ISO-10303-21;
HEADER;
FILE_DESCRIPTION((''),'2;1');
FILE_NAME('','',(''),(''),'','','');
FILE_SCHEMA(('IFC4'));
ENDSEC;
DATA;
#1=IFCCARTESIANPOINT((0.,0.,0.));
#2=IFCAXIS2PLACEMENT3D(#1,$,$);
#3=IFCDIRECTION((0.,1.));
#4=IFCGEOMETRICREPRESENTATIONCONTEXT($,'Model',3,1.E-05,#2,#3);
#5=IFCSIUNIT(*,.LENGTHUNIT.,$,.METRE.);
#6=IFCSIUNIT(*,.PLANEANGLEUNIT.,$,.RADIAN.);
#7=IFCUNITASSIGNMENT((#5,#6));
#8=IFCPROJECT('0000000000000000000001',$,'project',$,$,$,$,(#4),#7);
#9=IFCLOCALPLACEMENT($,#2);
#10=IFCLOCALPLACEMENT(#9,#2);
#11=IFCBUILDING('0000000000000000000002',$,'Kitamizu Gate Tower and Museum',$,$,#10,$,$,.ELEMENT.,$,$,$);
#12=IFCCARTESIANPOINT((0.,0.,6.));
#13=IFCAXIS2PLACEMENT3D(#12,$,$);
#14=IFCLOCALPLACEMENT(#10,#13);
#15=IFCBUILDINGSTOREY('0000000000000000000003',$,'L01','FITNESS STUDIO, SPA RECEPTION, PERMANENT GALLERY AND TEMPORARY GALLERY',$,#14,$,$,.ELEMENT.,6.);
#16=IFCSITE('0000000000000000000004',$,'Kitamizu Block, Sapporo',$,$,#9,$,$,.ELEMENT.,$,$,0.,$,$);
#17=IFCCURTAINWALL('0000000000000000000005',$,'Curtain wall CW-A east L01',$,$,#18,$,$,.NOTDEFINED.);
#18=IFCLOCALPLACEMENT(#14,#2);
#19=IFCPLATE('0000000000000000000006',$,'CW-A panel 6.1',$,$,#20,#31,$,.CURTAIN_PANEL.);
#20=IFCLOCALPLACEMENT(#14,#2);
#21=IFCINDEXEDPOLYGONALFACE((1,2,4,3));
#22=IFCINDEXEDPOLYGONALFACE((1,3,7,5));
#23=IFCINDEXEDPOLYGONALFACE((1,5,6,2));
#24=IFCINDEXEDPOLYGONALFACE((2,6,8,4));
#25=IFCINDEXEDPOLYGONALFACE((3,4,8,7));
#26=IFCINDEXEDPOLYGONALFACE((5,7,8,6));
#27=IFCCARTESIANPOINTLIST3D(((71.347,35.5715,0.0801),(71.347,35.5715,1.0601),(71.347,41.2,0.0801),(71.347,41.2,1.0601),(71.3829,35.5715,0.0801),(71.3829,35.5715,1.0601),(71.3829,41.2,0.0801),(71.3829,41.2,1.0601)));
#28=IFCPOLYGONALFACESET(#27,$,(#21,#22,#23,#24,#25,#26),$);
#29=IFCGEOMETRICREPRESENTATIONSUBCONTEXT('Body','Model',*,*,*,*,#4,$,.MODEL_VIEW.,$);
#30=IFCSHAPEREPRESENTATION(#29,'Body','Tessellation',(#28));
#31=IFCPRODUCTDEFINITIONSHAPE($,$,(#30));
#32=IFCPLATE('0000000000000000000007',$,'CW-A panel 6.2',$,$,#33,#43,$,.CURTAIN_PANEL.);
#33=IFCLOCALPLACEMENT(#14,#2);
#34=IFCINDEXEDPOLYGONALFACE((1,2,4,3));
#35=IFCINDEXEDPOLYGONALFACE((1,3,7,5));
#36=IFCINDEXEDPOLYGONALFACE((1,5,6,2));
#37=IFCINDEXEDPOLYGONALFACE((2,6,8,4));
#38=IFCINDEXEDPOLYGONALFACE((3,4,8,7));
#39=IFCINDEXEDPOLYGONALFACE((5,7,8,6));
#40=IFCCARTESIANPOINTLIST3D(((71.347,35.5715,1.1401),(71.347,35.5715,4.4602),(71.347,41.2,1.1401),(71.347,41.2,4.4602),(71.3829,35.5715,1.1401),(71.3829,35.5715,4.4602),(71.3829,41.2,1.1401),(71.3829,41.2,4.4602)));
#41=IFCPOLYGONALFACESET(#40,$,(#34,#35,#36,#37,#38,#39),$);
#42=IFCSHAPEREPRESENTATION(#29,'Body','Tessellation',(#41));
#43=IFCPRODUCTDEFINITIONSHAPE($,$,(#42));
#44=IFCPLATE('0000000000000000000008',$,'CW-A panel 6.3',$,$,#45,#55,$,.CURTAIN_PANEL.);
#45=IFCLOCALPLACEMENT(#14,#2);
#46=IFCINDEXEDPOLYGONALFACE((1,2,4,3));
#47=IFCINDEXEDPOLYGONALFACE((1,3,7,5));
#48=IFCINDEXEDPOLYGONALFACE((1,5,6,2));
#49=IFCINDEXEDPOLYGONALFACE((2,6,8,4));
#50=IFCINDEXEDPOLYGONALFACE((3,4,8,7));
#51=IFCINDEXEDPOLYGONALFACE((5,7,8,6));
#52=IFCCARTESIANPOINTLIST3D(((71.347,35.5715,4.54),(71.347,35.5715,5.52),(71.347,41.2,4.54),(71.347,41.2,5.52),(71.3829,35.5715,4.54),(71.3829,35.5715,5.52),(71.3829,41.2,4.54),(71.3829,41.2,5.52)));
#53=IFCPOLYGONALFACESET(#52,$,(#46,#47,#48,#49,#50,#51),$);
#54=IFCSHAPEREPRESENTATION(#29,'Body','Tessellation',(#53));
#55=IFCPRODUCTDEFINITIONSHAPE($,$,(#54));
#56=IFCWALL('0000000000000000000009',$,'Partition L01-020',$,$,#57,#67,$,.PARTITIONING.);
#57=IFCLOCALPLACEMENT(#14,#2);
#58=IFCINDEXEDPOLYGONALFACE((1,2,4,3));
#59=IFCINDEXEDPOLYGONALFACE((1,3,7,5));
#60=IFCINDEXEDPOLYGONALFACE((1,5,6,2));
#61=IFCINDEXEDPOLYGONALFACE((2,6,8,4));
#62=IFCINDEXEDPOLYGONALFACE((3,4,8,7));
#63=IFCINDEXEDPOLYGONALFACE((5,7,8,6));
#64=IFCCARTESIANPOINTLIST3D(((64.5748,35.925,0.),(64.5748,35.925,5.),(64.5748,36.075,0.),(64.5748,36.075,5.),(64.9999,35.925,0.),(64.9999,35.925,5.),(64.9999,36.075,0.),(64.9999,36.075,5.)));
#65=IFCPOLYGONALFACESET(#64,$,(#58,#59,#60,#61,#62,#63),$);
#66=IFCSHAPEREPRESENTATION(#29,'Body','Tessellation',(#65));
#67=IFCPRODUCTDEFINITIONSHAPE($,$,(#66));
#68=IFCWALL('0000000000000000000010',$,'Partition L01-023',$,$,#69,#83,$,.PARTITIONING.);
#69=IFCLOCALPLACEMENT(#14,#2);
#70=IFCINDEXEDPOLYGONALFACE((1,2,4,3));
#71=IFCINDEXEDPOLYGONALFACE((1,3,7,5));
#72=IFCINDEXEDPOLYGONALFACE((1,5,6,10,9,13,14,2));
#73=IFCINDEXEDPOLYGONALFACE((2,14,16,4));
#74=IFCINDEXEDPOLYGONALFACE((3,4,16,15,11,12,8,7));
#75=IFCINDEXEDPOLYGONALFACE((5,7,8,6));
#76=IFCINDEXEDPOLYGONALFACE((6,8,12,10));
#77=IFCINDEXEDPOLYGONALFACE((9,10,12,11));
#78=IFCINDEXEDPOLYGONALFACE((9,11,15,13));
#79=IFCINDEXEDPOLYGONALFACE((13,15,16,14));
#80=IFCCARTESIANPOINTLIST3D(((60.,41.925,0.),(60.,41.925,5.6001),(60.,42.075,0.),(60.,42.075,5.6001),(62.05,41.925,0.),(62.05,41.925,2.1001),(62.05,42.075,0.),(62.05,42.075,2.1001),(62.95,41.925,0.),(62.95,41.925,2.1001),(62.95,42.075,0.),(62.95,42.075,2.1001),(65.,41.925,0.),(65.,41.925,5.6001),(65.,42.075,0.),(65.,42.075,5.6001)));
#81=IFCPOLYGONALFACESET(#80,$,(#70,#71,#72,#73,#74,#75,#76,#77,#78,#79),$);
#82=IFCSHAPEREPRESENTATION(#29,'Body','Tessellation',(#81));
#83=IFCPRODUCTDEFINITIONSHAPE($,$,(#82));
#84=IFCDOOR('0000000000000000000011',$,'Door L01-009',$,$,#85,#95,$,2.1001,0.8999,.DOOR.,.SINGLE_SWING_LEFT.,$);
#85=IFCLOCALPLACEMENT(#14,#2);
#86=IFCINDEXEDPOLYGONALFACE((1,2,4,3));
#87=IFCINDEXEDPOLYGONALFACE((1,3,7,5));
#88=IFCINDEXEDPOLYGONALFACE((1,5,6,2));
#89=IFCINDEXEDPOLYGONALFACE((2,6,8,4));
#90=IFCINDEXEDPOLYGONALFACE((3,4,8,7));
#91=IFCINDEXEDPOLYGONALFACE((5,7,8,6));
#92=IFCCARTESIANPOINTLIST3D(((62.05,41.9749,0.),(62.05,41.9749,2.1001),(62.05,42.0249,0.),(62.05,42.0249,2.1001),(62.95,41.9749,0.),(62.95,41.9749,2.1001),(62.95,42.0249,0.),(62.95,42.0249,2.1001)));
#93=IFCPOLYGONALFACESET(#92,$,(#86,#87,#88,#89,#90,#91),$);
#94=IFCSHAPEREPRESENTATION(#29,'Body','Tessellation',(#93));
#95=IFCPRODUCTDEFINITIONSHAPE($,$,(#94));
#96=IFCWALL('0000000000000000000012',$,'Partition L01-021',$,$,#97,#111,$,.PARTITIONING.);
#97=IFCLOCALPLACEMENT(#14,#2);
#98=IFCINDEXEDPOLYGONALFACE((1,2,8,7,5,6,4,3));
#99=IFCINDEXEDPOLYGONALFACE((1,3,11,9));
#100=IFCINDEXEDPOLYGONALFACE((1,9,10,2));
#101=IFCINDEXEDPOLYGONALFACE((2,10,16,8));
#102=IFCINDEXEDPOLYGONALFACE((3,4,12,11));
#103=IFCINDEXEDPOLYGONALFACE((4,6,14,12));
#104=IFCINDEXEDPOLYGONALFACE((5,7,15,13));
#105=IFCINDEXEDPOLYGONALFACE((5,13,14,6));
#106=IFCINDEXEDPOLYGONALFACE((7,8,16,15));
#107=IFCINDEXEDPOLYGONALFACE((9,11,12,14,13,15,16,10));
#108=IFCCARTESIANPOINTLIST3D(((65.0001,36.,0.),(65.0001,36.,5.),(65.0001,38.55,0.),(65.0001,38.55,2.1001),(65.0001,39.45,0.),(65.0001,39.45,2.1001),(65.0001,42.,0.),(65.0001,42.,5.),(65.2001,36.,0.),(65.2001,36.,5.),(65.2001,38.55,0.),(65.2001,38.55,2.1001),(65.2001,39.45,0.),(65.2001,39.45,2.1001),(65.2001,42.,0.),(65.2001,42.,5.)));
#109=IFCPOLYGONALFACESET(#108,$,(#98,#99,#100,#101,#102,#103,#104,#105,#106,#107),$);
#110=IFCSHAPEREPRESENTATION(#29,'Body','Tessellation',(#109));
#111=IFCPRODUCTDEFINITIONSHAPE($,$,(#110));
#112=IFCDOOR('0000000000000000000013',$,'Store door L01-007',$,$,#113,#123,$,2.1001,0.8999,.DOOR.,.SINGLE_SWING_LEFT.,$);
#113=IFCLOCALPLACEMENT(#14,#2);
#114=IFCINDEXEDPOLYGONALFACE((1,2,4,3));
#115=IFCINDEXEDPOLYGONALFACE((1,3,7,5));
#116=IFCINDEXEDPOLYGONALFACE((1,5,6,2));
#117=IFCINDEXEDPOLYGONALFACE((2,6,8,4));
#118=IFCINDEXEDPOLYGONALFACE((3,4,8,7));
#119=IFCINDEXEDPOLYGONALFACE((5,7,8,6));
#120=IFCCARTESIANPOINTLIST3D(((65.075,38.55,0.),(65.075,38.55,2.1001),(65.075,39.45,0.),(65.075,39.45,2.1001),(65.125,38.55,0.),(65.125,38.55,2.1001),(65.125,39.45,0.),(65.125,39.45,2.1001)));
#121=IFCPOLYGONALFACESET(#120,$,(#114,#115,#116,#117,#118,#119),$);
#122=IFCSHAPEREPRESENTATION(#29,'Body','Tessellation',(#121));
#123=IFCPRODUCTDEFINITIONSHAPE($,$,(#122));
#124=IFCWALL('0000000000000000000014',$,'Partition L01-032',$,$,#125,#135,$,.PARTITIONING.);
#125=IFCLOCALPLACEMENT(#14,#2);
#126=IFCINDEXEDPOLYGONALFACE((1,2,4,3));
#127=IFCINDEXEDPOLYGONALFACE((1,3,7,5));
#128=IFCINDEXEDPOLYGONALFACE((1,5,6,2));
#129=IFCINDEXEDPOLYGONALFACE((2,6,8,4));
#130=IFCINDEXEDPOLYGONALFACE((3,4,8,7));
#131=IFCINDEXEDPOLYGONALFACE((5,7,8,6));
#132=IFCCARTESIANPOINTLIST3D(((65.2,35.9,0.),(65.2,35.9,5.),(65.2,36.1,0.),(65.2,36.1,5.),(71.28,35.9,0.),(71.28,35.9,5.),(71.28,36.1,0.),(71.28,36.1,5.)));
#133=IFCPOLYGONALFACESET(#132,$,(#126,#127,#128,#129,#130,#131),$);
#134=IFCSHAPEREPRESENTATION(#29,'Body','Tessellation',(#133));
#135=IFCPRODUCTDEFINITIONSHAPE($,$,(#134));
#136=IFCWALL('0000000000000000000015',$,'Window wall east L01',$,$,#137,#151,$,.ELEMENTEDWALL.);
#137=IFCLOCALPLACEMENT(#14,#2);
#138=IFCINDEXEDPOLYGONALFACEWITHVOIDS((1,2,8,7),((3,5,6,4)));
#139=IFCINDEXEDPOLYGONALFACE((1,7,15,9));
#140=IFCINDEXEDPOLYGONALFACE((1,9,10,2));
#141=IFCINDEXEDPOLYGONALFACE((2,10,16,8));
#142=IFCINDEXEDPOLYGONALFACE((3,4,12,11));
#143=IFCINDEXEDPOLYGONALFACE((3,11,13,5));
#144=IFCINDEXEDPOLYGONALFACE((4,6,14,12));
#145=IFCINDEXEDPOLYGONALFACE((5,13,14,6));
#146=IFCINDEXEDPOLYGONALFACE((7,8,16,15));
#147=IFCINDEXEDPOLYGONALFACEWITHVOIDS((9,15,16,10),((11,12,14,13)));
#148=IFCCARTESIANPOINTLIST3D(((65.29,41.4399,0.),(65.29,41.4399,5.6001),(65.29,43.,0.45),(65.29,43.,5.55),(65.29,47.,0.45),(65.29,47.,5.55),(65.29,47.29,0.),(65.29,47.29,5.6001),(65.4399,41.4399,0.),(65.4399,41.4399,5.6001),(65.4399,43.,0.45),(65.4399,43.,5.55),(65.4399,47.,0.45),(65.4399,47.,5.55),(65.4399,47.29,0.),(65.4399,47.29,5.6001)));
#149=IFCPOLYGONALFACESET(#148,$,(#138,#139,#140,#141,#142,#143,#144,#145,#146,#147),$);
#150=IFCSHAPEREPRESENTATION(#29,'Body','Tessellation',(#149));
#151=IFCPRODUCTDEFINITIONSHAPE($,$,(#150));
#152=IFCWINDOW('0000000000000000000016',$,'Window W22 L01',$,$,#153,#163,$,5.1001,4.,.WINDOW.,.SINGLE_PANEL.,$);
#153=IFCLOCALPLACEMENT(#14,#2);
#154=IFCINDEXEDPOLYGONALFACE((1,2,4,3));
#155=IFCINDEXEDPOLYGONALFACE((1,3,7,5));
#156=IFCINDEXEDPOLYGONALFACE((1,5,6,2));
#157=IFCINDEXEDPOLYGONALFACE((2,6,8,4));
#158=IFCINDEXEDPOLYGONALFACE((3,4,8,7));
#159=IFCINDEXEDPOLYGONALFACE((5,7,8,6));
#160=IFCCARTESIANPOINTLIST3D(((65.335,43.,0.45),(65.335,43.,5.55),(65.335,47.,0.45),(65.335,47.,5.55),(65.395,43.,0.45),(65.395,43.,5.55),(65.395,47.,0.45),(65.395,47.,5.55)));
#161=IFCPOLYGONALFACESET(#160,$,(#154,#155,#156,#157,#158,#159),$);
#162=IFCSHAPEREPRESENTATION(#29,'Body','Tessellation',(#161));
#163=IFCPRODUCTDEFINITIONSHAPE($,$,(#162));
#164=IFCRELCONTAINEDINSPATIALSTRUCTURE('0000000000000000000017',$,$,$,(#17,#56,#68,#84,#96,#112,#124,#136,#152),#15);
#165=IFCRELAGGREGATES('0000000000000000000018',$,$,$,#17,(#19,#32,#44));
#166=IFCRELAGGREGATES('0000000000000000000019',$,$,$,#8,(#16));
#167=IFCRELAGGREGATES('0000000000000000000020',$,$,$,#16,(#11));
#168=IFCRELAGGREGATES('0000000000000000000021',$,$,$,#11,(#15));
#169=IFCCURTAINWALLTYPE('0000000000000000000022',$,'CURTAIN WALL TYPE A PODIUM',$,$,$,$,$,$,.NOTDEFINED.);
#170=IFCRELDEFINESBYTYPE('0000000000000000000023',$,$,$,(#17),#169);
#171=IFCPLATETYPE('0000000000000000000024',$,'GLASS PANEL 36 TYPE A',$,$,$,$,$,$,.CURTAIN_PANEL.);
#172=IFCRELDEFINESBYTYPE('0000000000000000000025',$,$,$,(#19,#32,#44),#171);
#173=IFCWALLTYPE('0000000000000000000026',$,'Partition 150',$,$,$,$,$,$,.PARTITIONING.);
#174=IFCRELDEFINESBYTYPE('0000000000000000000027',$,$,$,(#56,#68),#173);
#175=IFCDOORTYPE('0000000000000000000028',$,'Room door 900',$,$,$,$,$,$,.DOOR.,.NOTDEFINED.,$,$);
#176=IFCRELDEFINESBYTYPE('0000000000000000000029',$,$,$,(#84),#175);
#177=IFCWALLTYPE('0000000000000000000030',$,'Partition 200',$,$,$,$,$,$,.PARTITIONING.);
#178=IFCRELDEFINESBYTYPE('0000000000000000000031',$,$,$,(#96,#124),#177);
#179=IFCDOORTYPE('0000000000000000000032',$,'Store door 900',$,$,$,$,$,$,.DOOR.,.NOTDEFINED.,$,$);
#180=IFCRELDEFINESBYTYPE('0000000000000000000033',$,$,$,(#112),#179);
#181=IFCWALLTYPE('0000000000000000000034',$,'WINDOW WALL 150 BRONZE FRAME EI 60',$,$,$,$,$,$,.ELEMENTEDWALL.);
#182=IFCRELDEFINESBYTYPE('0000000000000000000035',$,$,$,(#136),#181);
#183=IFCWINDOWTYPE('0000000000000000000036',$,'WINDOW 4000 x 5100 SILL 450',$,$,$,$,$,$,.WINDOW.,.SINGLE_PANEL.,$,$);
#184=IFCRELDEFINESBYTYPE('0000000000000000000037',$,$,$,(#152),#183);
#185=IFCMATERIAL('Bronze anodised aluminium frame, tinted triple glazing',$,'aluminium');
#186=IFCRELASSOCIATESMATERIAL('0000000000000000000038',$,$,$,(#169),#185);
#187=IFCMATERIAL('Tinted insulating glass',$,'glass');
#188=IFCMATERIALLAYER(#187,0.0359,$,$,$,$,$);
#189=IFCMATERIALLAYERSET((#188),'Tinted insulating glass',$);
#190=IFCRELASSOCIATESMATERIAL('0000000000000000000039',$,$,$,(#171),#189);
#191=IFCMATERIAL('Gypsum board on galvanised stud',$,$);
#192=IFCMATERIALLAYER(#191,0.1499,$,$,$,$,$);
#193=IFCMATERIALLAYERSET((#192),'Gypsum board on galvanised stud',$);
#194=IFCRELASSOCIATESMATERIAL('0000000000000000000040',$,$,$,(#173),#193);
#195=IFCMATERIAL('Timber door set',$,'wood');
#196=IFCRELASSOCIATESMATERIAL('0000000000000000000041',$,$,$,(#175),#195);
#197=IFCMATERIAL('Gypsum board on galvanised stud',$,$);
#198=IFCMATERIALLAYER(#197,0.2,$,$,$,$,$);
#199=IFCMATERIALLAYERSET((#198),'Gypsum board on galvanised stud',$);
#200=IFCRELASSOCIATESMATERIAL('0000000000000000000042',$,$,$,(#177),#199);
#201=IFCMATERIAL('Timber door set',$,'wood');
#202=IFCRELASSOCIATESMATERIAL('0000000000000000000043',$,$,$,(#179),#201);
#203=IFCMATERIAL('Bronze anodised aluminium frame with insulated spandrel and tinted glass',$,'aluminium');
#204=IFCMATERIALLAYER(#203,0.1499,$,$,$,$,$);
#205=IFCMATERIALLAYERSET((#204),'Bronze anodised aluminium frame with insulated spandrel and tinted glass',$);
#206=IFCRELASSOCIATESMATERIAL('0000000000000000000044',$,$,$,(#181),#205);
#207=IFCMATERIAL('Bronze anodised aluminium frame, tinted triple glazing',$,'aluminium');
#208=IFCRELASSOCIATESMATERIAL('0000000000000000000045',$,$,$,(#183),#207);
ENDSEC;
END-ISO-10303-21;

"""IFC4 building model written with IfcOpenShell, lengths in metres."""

from ifc_helpers import new_model, si_unit, direction, frame, frame_2d, origin, origin_2d, place, context, subcontext, project, spatial, rectangle, extrude, material, layer, layer_set, type_object, element, fill, aggregate, save


model = new_model("IFC4")

# Units and contexts
model_context = context("Model", 3, precision=1e-05, world=origin(), true_north=direction((0.0, 1.0)))
body_context = subcontext(model_context, "Body", "Model", "MODEL_VIEW")
ifc_project = project(units=[si_unit("LENGTHUNIT", "METRE"), si_unit("PLANEANGLEUNIT", "RADIAN")], contexts=[model_context])

# Site, building, storey
site_placement = place(None, origin())
site = spatial("IfcSite", under=ifc_project, at=site_placement, Name="Kitamizu Block, Sapporo", CompositionType="ELEMENT", RefElevation=0.0)
building_placement = place(site_placement, origin())
building = spatial("IfcBuilding", under=site, at=building_placement, Name="Kitamizu Gate Tower and Museum", CompositionType="ELEMENT")
storey_placement = place(building_placement, frame((0.0, 0.0, 6.0)))
storey = spatial("IfcBuildingStorey", under=building, at=storey_placement, Name="L01", Description="FITNESS STUDIO, SPA RECEPTION, PERMANENT GALLERY AND TEMPORARY GALLERY", CompositionType="ELEMENT", Elevation=6.0)

# Curtain wall
ifc_material_1 = material(Name="Bronze anodised aluminium frame, tinted triple glazing", Category="aluminium")
curtain_wall_type_1 = type_object("IfcCurtainWallType", Name="CURTAIN WALL TYPE A PODIUM", PredefinedType="NOTDEFINED", material=ifc_material_1)
curtain_wall_1_placement = place(storey_placement, origin())
curtain_wall_1 = element("IfcCurtainWall", 1, at=curtain_wall_1_placement, inside=storey, type_object=curtain_wall_type_1, Name="Curtain wall CW-A east L01", PredefinedType="NOTDEFINED")

# Plates
ifc_material_2 = material(Name="Tinted insulating glass", Category="glass")
ifc_layer_1 = layer(ifc_material_2, 0.0359)
ifc_layer_set_1 = layer_set([ifc_layer_1], Name="Tinted insulating glass")
plate_type_1 = type_object("IfcPlateType", Name="GLASS PANEL 36 TYPE A", PredefinedType="CURTAIN_PANEL", material=ifc_layer_set_1)
plate_1_placement = place(storey_placement, frame((71.365, 38.3857, 0.0801), z_axis=(0.0, 0.0, 1.0), x_axis=(0.0, 1.0, 0.0)))
plate_1 = element("IfcPlate", 2, at=plate_1_placement, type_object=plate_type_1, Name="CW-A panel 6.1", PredefinedType="CURTAIN_PANEL", context=body_context, shape_type="SweptSolid", body=[
    extrude(rectangle(XDim=5.6284, YDim=0.0359, at=origin_2d()), origin(), (0.0, 0.0, 1.0), 0.98),
])
plate_2_placement = place(storey_placement, frame((71.365, 38.3857, 1.1401), z_axis=(0.0, 0.0, 1.0), x_axis=(0.0, 1.0, 0.0)))
plate_2 = element("IfcPlate", 3, at=plate_2_placement, type_object=plate_type_1, Name="CW-A panel 6.2", PredefinedType="CURTAIN_PANEL", context=body_context, shape_type="SweptSolid", body=[
    extrude(rectangle(XDim=5.6284, YDim=0.0359, at=origin_2d()), origin(), (0.0, 0.0, 1.0), 3.3201),
])
plate_3_placement = place(storey_placement, frame((71.365, 38.3857, 4.54), z_axis=(0.0, 0.0, 1.0), x_axis=(0.0, 1.0, 0.0)))
plate_3 = element("IfcPlate", 4, at=plate_3_placement, type_object=plate_type_1, Name="CW-A panel 6.3", PredefinedType="CURTAIN_PANEL", context=body_context, shape_type="SweptSolid", body=[
    extrude(rectangle(XDim=5.6284, YDim=0.0359, at=origin_2d()), origin(), (0.0, 0.0, 1.0), 0.98),
])
aggregate(curtain_wall_1, [plate_1, plate_2, plate_3])

# Wall
ifc_material_3 = material(Name="Gypsum board on galvanised stud")
ifc_layer_2 = layer(ifc_material_3, 0.1499)
ifc_layer_set_2 = layer_set([ifc_layer_2], Name="Gypsum board on galvanised stud")
wall_type_1 = type_object("IfcWallType", Name="Partition 150", PredefinedType="PARTITIONING", material=ifc_layer_set_2)
wall_1_placement = place(storey_placement, frame((64.575, 36.0, 0.0), z_axis=(0.0, 0.0, 1.0), x_axis=(1.0, 0.0, 0.0)))
element("IfcWall", 5, at=wall_1_placement, inside=storey, type_object=wall_type_1, Name="Partition L01-020", PredefinedType="PARTITIONING", context=body_context, shape_type="SweptSolid", body=[
    extrude(rectangle(XDim=0.425, YDim=0.1499, at=frame_2d((0.2124, 0.0))), origin(), (0.0, 0.0, 1.0), 5.0),
])

# Walls, openings, doors
wall_2_placement = place(storey_placement, frame((65.0, 42.0, 0.0), z_axis=(0.0, 0.0, 1.0), x_axis=(-1.0, 0.0, 0.0)))
wall_2 = element("IfcWall", 6, at=wall_2_placement, inside=storey, type_object=wall_type_1, Name="Partition L01-023", PredefinedType="PARTITIONING", context=body_context, shape_type="SweptSolid", body=[
    extrude(rectangle(XDim=5.0, YDim=0.1499, at=frame_2d((2.5, 0.0))), origin(), (0.0, 0.0, 1.0), 5.6001),
])
opening_1_placement = place(wall_2_placement, frame((2.05, 0.0, 0.0)))
opening_1 = element("IfcOpeningElement", 7, at=opening_1_placement, cuts=wall_2, PredefinedType="OPENING", context=body_context, shape_type="SweptSolid", body=[
    extrude(rectangle(XDim=0.8999, YDim=2.1001, at=frame_2d((0.45, 1.05))), frame((0.0, 0.085, 0.0), z_axis=(0.0, -1.0, 0.0), x_axis=(1.0, 0.0, 0.0)), (0.0, 0.0, 1.0), 0.1699),
])
ifc_material_4 = material(Name="Timber door set", Category="wood")
door_type_1 = type_object("IfcDoorType", Name="Room door 900", OperationType="NOTDEFINED", PredefinedType="DOOR", material=ifc_material_4)
door_1_placement = place(opening_1_placement, frame((0.8999, 0.0, 0.0), x_axis=(-1.0, 0.0, 0.0)))
door_1 = element("IfcDoor", 8, at=door_1_placement, inside=storey, type_object=door_type_1, Name="Door L01-009", OperationType="SINGLE_SWING_LEFT", OverallHeight=2.1001, OverallWidth=0.8999, PredefinedType="DOOR", context=body_context, shape_type="SweptSolid", body=[
    extrude(rectangle(XDim=0.8999, YDim=2.1001, at=frame_2d((0.45, 1.05))), frame((0.0, 0.0249, 0.0), z_axis=(0.0, -1.0, 0.0), x_axis=(1.0, 0.0, 0.0)), (0.0, 0.0, 1.0), 0.05),
])
fill(opening_1, door_1)
ifc_material_5 = material(Name="Gypsum board on galvanised stud")
ifc_layer_3 = layer(ifc_material_5, 0.2)
ifc_layer_set_3 = layer_set([ifc_layer_3], Name="Gypsum board on galvanised stud")
wall_type_2 = type_object("IfcWallType", Name="Partition 200", PredefinedType="PARTITIONING", material=ifc_layer_set_3)
wall_3_placement = place(storey_placement, frame((65.1001, 36.0, 0.0), z_axis=(0.0, 0.0, 1.0), x_axis=(0.0, 1.0, 0.0)))
wall_3 = element("IfcWall", 9, at=wall_3_placement, inside=storey, type_object=wall_type_2, Name="Partition L01-021", PredefinedType="PARTITIONING", context=body_context, shape_type="SweptSolid", body=[
    extrude(rectangle(XDim=6.0, YDim=0.2, at=frame_2d((3.0, 0.0))), origin(), (0.0, 0.0, 1.0), 5.0),
])
opening_2_placement = place(wall_3_placement, frame((2.55, 0.0, 0.0)))
opening_2 = element("IfcOpeningElement", 10, at=opening_2_placement, cuts=wall_3, PredefinedType="OPENING", context=body_context, shape_type="SweptSolid", body=[
    extrude(rectangle(XDim=0.8999, YDim=2.1001, at=frame_2d((0.45, 1.05))), frame((0.0, 0.1099, 0.0), z_axis=(0.0, -1.0, 0.0), x_axis=(1.0, 0.0, 0.0)), (0.0, 0.0, 1.0), 0.22),
])
ifc_material_6 = material(Name="Timber door set", Category="wood")
door_type_2 = type_object("IfcDoorType", Name="Store door 900", OperationType="NOTDEFINED", PredefinedType="DOOR", material=ifc_material_6)
door_2_placement = place(opening_2_placement, frame((0.8999, 0.0, 0.0), x_axis=(-1.0, 0.0, 0.0)))
door_2 = element("IfcDoor", 11, at=door_2_placement, inside=storey, type_object=door_type_2, Name="Store door L01-007", OperationType="SINGLE_SWING_LEFT", OverallHeight=2.1001, OverallWidth=0.8999, PredefinedType="DOOR", context=body_context, shape_type="SweptSolid", body=[
    extrude(rectangle(XDim=0.8999, YDim=2.1001, at=frame_2d((0.45, 1.05))), frame((0.0, 0.0249, 0.0), z_axis=(0.0, -1.0, 0.0), x_axis=(1.0, 0.0, 0.0)), (0.0, 0.0, 1.0), 0.05),
])
fill(opening_2, door_2)

# Wall
wall_4_placement = place(storey_placement, frame((71.28, 36.0, 0.0), z_axis=(0.0, 0.0, 1.0), x_axis=(-1.0, 0.0, 0.0)))
element("IfcWall", 12, at=wall_4_placement, inside=storey, type_object=wall_type_2, Name="Partition L01-032", PredefinedType="PARTITIONING", context=body_context, shape_type="SweptSolid", body=[
    extrude(rectangle(XDim=6.0801, YDim=0.2, at=frame_2d((3.04, 0.0))), origin(), (0.0, 0.0, 1.0), 5.0),
])

# Wall, opening, window
ifc_material_7 = material(Name="Bronze anodised aluminium frame with insulated spandrel and tinted glass", Category="aluminium")
ifc_layer_4 = layer(ifc_material_7, 0.1499)
ifc_layer_set_4 = layer_set([ifc_layer_4], Name="Bronze anodised aluminium frame with insulated spandrel and tinted glass")
wall_type_3 = type_object("IfcWallType", Name="WINDOW WALL 150 BRONZE FRAME EI 60", PredefinedType="ELEMENTEDWALL", material=ifc_layer_set_4)
wall_5_placement = place(storey_placement, frame((65.365, 41.4399, 0.0), z_axis=(0.0, 0.0, 1.0), x_axis=(0.0, 1.0, 0.0)))
wall_5 = element("IfcWall", 13, at=wall_5_placement, inside=storey, type_object=wall_type_3, Name="Window wall east L01", PredefinedType="ELEMENTEDWALL", context=body_context, shape_type="SweptSolid", body=[
    extrude(rectangle(XDim=5.8501, YDim=0.1499, at=frame_2d((2.925, 0.0))), origin(), (0.0, 0.0, 1.0), 5.6001),
])
opening_3_placement = place(wall_5_placement, frame((1.5601, 0.0, 0.45)))
opening_3 = element("IfcOpeningElement", 14, at=opening_3_placement, cuts=wall_5, PredefinedType="OPENING", context=body_context, shape_type="SweptSolid", body=[
    extrude(rectangle(XDim=4.0, YDim=5.1001, at=frame_2d((2.0, 2.55))), frame((0.0, 0.085, 0.0), z_axis=(0.0, -1.0, 0.0), x_axis=(1.0, 0.0, 0.0)), (0.0, 0.0, 1.0), 0.1699),
])
ifc_material_8 = material(Name="Bronze anodised aluminium frame, tinted triple glazing", Category="aluminium")
window_type = type_object("IfcWindowType", Name="WINDOW 4000 x 5100 SILL 450", PartitioningType="SINGLE_PANEL", PredefinedType="WINDOW", material=ifc_material_8)
window_placement = place(opening_3_placement, origin())
window = element("IfcWindow", 15, at=window_placement, inside=storey, type_object=window_type, Name="Window W22 L01", OverallHeight=5.1001, OverallWidth=4.0, PartitioningType="SINGLE_PANEL", PredefinedType="WINDOW", context=body_context, shape_type="SweptSolid", body=[
    extrude(rectangle(XDim=4.0, YDim=5.1001, at=frame_2d((2.0, 2.55))), frame((0.0, 0.03, 0.0), z_axis=(0.0, -1.0, 0.0), x_axis=(1.0, 0.0, 0.0)), (0.0, 0.0, 1.0), 0.0601),
])
fill(opening_3, window)

save(model, "model.ifc")
